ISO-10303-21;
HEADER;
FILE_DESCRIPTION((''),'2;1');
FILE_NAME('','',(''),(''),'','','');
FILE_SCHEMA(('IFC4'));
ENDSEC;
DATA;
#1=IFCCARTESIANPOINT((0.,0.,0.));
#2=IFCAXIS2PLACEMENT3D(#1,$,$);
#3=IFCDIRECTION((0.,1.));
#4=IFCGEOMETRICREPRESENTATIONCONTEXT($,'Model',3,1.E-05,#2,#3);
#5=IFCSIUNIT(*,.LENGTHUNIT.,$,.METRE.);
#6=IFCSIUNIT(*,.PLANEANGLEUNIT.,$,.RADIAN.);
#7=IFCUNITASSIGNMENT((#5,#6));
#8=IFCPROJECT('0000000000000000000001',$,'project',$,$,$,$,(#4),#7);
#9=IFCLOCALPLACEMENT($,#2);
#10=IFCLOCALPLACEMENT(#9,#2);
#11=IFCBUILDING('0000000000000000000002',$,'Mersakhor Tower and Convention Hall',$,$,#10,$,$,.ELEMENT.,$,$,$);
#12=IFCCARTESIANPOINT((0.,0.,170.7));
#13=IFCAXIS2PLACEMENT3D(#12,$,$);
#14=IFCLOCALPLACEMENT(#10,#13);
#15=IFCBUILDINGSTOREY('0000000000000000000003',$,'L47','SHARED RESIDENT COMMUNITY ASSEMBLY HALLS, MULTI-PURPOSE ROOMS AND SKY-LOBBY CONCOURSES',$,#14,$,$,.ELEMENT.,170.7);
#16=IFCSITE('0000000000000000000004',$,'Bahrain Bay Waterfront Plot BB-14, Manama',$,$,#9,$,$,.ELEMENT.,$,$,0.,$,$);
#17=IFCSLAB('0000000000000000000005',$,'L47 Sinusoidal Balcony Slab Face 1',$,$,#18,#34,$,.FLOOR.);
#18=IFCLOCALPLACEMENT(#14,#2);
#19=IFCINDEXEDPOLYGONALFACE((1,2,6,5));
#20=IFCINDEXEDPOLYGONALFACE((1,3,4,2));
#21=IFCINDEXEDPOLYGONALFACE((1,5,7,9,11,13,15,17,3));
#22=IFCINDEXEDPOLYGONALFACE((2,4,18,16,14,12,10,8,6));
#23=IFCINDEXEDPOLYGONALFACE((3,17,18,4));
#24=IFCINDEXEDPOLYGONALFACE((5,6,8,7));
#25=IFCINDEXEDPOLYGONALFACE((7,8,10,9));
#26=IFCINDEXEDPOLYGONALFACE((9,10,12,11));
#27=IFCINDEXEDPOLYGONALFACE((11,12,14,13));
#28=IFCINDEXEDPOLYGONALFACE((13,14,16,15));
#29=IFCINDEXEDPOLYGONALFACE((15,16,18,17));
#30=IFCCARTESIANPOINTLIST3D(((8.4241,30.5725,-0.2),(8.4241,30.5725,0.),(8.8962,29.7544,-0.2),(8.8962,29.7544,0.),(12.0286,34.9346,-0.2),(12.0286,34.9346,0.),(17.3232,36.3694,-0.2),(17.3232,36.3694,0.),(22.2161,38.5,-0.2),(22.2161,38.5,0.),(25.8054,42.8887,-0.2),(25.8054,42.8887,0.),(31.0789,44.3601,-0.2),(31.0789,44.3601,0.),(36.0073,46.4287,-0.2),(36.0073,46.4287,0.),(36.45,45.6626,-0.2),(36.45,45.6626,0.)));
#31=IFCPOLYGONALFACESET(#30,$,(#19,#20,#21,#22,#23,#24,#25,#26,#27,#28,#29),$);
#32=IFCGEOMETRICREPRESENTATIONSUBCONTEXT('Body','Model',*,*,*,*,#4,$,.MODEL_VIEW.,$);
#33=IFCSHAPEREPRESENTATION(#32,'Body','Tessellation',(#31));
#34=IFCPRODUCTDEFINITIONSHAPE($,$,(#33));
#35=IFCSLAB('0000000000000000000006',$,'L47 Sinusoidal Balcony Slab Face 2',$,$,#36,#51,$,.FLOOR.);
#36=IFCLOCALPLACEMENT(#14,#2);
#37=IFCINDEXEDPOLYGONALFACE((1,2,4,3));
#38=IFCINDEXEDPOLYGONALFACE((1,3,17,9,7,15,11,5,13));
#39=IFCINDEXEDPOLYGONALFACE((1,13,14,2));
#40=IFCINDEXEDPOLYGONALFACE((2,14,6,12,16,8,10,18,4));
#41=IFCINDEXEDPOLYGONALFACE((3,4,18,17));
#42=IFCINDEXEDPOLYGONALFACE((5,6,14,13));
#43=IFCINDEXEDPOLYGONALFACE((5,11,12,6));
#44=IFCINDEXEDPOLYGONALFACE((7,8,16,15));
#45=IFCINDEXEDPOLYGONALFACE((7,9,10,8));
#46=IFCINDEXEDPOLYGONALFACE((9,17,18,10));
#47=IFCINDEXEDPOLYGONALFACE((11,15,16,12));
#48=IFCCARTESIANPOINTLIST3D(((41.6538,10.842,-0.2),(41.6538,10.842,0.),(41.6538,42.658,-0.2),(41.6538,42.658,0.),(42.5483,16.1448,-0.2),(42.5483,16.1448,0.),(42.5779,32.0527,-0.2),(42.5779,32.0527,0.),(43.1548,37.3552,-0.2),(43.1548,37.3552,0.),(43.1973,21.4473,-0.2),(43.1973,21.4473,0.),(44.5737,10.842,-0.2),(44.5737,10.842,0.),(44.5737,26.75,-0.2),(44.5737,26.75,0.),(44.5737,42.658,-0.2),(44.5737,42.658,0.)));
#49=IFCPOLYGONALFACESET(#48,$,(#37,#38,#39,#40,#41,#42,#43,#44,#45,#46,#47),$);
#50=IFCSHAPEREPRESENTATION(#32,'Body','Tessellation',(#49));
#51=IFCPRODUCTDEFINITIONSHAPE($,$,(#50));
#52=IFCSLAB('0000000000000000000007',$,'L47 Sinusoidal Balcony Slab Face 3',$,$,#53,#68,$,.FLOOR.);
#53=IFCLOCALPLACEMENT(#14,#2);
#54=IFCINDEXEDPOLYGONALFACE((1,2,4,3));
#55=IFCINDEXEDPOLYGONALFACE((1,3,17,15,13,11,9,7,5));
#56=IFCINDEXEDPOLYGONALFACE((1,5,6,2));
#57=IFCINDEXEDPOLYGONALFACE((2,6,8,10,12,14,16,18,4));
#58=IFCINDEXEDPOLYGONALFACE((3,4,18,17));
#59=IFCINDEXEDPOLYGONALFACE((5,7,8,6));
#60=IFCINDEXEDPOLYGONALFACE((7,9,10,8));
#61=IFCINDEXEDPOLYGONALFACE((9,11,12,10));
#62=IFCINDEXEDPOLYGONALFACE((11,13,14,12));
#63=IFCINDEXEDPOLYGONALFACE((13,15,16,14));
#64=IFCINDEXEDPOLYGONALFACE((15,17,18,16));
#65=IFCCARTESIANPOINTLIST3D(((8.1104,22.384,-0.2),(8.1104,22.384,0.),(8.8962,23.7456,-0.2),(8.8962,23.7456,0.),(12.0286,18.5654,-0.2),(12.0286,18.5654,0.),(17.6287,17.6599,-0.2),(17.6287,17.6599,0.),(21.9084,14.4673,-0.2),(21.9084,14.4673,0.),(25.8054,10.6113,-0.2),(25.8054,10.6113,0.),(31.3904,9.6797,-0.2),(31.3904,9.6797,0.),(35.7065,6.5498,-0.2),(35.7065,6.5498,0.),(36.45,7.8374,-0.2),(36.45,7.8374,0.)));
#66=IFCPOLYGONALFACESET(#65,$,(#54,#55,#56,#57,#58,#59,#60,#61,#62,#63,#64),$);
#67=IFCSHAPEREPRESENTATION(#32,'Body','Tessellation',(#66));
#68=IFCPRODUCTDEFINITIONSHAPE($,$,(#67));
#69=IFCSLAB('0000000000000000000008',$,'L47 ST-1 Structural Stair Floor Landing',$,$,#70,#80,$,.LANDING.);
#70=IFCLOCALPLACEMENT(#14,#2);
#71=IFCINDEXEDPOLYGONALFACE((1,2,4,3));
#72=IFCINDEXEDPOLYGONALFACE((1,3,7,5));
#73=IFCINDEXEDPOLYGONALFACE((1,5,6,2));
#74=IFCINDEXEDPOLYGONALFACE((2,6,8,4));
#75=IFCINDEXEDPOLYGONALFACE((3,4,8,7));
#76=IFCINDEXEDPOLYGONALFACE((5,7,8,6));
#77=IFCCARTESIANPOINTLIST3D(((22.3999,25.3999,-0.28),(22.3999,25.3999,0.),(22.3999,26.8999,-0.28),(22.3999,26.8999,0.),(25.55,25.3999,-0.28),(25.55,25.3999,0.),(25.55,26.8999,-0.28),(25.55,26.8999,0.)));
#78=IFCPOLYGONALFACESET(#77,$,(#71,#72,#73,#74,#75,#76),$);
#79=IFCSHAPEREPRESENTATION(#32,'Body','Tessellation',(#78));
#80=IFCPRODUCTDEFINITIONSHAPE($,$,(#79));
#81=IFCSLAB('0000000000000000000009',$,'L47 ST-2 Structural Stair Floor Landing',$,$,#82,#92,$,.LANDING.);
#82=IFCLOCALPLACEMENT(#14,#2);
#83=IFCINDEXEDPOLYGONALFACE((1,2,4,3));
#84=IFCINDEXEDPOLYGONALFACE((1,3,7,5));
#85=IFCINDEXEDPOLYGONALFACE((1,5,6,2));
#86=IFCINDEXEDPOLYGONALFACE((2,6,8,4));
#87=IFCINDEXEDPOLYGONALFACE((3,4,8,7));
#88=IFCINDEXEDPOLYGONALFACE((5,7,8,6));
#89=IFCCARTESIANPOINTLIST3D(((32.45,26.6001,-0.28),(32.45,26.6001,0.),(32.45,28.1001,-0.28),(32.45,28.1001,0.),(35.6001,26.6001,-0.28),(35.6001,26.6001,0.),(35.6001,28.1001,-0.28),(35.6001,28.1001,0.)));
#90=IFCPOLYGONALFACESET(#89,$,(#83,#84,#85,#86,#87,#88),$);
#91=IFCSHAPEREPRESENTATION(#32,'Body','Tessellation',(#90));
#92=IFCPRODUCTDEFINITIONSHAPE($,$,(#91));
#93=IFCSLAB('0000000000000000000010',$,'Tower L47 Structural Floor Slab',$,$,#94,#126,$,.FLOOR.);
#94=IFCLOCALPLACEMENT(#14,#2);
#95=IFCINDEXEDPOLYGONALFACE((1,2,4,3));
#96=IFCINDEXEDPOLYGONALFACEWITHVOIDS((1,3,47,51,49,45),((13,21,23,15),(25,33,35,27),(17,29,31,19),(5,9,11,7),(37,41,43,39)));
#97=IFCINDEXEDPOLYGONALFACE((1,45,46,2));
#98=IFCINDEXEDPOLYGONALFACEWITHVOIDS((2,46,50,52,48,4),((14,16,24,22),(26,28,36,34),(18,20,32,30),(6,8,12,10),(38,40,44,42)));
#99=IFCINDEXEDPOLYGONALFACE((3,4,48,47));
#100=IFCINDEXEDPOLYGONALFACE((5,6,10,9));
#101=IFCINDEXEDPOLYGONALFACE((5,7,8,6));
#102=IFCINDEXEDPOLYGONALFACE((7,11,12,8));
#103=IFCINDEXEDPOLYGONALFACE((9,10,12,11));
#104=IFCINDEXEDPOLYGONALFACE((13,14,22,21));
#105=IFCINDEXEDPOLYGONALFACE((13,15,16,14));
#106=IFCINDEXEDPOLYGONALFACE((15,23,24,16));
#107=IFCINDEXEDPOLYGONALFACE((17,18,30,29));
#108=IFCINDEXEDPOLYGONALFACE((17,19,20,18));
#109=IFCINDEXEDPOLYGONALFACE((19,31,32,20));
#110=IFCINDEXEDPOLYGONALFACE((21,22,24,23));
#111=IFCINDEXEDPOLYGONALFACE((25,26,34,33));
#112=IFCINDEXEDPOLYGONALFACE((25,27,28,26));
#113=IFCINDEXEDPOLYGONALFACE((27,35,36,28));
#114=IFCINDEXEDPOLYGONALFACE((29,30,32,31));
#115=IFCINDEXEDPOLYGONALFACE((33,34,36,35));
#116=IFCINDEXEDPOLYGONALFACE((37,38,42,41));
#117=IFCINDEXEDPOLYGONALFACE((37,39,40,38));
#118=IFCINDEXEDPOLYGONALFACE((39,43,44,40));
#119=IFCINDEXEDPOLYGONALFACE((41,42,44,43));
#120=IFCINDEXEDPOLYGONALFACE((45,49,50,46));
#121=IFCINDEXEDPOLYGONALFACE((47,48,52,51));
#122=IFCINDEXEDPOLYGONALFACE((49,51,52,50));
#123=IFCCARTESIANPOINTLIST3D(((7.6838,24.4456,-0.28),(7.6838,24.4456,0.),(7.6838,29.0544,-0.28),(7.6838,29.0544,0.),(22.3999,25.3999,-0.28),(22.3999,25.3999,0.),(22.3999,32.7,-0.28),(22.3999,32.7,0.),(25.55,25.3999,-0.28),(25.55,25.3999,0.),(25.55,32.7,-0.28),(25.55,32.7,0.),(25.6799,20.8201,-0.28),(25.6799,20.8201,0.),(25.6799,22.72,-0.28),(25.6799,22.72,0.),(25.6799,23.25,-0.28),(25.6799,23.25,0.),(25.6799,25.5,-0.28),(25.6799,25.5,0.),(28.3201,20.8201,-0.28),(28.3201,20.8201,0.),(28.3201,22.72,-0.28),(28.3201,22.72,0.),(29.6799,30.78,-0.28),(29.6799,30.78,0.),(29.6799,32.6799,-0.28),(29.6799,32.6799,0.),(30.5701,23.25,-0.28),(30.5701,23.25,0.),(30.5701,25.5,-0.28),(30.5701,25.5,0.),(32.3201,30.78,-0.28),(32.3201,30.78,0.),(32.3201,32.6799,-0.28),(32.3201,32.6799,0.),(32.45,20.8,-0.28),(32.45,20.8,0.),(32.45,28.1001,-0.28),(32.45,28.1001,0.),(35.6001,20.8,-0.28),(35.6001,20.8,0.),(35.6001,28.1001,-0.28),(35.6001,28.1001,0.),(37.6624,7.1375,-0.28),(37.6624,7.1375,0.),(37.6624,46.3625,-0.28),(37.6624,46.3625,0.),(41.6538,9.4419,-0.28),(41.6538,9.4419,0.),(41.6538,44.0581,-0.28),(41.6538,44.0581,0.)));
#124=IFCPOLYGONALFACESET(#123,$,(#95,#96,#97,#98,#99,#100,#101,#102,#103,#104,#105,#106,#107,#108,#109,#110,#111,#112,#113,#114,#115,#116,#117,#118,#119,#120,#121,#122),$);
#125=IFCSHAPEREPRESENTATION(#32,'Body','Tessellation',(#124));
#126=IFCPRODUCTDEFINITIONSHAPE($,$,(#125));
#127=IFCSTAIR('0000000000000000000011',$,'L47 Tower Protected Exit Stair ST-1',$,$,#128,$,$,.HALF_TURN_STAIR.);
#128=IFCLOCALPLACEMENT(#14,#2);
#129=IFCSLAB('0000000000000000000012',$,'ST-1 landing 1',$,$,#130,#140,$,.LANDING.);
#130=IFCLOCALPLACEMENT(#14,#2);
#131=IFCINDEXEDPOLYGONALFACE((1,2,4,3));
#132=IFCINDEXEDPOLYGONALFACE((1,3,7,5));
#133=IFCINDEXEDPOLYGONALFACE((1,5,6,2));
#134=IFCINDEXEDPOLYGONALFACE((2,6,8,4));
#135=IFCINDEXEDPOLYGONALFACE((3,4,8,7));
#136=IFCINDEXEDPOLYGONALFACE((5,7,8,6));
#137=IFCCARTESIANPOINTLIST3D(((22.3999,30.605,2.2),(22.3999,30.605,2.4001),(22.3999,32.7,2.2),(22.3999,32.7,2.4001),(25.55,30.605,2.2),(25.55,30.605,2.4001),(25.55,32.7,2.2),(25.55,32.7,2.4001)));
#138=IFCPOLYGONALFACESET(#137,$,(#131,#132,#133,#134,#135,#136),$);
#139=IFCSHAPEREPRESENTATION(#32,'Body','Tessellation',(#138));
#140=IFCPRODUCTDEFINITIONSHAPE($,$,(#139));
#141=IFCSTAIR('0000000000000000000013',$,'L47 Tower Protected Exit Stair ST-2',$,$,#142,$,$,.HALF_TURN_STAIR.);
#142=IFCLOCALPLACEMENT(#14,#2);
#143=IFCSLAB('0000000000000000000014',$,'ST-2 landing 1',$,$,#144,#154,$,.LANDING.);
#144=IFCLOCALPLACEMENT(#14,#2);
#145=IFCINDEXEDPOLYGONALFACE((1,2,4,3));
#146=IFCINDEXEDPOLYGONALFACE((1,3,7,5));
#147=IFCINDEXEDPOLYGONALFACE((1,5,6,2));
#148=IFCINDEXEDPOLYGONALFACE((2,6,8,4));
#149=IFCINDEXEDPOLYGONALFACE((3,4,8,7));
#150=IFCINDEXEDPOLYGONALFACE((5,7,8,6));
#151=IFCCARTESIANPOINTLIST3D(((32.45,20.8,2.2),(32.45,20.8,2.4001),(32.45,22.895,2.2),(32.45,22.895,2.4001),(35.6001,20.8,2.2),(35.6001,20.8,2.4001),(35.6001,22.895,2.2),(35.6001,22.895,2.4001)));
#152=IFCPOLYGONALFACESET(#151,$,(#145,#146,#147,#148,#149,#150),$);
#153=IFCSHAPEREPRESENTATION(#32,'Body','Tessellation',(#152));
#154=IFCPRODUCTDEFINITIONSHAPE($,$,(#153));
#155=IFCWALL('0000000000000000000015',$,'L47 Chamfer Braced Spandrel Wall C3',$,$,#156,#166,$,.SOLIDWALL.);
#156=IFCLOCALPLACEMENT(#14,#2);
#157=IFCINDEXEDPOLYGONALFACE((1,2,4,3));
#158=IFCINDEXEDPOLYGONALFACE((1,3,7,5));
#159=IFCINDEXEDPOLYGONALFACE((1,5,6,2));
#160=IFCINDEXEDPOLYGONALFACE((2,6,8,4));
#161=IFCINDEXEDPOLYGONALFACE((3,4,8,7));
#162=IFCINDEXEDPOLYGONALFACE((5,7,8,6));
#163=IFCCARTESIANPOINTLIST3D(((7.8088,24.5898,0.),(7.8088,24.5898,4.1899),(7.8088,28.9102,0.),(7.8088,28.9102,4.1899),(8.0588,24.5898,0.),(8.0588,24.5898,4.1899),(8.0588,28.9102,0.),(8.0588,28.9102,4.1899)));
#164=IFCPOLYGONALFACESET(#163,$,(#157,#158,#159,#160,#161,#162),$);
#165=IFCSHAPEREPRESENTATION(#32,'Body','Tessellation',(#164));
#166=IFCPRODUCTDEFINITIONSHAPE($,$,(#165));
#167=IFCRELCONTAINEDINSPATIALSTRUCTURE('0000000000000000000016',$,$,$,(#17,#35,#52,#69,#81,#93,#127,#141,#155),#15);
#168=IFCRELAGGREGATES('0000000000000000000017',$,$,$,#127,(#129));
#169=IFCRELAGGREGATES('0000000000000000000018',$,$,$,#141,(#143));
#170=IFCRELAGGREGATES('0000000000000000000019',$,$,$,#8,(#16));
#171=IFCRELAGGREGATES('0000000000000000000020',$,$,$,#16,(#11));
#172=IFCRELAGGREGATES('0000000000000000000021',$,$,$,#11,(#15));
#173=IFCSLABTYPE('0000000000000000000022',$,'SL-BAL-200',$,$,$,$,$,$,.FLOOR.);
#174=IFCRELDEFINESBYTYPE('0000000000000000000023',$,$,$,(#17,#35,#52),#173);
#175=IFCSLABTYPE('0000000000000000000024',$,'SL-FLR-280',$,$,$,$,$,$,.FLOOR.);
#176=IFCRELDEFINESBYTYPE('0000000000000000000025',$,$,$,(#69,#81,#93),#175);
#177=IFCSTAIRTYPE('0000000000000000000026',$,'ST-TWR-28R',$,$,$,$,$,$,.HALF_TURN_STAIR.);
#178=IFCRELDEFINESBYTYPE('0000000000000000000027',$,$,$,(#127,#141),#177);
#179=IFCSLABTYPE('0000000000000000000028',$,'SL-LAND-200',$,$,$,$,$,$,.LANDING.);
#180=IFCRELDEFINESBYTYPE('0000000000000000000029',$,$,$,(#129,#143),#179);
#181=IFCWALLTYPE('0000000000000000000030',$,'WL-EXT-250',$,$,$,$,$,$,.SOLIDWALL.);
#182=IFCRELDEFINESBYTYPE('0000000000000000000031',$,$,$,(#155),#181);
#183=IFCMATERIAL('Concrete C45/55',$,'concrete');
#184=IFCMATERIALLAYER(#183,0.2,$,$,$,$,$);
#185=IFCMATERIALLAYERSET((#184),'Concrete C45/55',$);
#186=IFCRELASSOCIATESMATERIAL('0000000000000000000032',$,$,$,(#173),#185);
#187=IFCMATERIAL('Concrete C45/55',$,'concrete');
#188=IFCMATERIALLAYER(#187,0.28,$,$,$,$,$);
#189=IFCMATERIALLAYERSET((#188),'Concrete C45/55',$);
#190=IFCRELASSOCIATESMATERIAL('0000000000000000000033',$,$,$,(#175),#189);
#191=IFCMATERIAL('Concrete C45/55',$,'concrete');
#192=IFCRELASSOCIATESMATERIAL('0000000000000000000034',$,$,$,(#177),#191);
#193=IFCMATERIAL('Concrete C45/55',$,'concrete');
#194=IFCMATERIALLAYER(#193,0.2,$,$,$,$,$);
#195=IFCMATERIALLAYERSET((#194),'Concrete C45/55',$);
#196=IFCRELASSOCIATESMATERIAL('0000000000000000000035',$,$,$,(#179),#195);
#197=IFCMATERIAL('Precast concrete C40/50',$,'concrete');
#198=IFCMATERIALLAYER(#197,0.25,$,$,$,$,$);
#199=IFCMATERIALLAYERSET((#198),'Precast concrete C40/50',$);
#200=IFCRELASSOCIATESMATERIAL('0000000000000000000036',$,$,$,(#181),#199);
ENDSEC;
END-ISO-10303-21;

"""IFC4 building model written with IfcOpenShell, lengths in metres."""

from ifc_helpers import new_model, si_unit, direction, frame, frame_2d, origin, place, context, subcontext, project, spatial, polyline, rectangle, outline, extrude, material, layer, layer_set, type_object, element, aggregate, save


model = new_model("IFC4")

# Units and contexts
model_context = context("Model", 3, precision=1e-05, world=origin(), true_north=direction((0.0, 1.0)))
body_context = subcontext(model_context, "Body", "Model", "MODEL_VIEW")
ifc_project = project(units=[si_unit("LENGTHUNIT", "METRE"), si_unit("PLANEANGLEUNIT", "RADIAN")], contexts=[model_context])

# Site, building, storey
site_placement = place(None, origin())
site = spatial("IfcSite", under=ifc_project, at=site_placement, Name="Bahrain Bay Waterfront Plot BB-14, Manama", CompositionType="ELEMENT", RefElevation=0.0)
building_placement = place(site_placement, origin())
building = spatial("IfcBuilding", under=site, at=building_placement, Name="Mersakhor Tower and Convention Hall", CompositionType="ELEMENT")
storey_placement = place(building_placement, frame((0.0, 0.0, 170.7)))
storey = spatial("IfcBuildingStorey", under=building, at=storey_placement, Name="L47", Description="SHARED RESIDENT COMMUNITY ASSEMBLY HALLS, MULTI-PURPOSE ROOMS AND SKY-LOBBY CONCOURSES", CompositionType="ELEMENT", Elevation=170.7)

# Slabs
ifc_material_1 = material(Name="Concrete C45/55", Category="concrete")
ifc_layer_1 = layer(ifc_material_1, 0.2)
ifc_layer_set_1 = layer_set([ifc_layer_1], Name="Concrete C45/55")
slab_type_1 = type_object("IfcSlabType", Name="SL-BAL-200", PredefinedType="FLOOR", material=ifc_layer_set_1)
slab_1_placement = place(storey_placement, frame((0.0, 0.0, -0.2)))
element("IfcSlab", 1, at=slab_1_placement, inside=storey, type_object=slab_type_1, Name="L47 Sinusoidal Balcony Slab Face 1", PredefinedType="FLOOR", context=body_context, shape_type="SweptSolid", body=[
    extrude(outline(polyline([(8.8962, 29.7544), (36.45, 45.6626), (36.0073, 46.4287), (31.0789, 44.3601), (25.8054, 42.8887), (22.2161, 38.5), (17.3232, 36.3694), (12.0286, 34.9346), (8.4241, 30.5725), (8.8962, 29.7544)])), origin(), (0.0, 0.0, 1.0), 0.2),
])
slab_2_placement = place(storey_placement, frame((0.0, 0.0, -0.2)))
element("IfcSlab", 2, at=slab_2_placement, inside=storey, type_object=slab_type_1, Name="L47 Sinusoidal Balcony Slab Face 2", PredefinedType="FLOOR", context=body_context, shape_type="SweptSolid", body=[
    extrude(outline(polyline([(41.6538, 42.658), (41.6538, 10.842), (44.5737, 10.842), (42.5483, 16.1448), (43.1973, 21.4473), (44.5737, 26.75), (42.5779, 32.0527), (43.1548, 37.3552), (44.5737, 42.658), (41.6538, 42.658)])), origin(), (0.0, 0.0, 1.0), 0.2),
])
slab_3_placement = place(storey_placement, frame((0.0, 0.0, -0.2)))
element("IfcSlab", 3, at=slab_3_placement, inside=storey, type_object=slab_type_1, Name="L47 Sinusoidal Balcony Slab Face 3", PredefinedType="FLOOR", context=body_context, shape_type="SweptSolid", body=[
    extrude(outline(polyline([(36.45, 7.8374), (8.8962, 23.7456), (8.1104, 22.384), (12.0286, 18.5654), (17.6287, 17.6599), (21.9084, 14.4673), (25.8054, 10.6113), (31.3904, 9.6797), (35.7065, 6.5498), (36.45, 7.8374)])), origin(), (0.0, 0.0, 1.0), 0.2),
])
ifc_material_2 = material(Name="Concrete C45/55", Category="concrete")
ifc_layer_2 = layer(ifc_material_2, 0.28)
ifc_layer_set_2 = layer_set([ifc_layer_2], Name="Concrete C45/55")
slab_type_2 = type_object("IfcSlabType", Name="SL-FLR-280", PredefinedType="FLOOR", material=ifc_layer_set_2)
slab_4_placement = place(storey_placement, frame((0.0, 0.0, -0.28)))
element("IfcSlab", 4, at=slab_4_placement, inside=storey, type_object=slab_type_2, Name="L47 ST-1 Structural Stair Floor Landing", PredefinedType="LANDING", context=body_context, shape_type="SweptSolid", body=[
    extrude(outline(polyline([(25.55, 25.3999), (25.55, 26.8999), (22.3999, 26.8999), (22.3999, 25.3999), (25.55, 25.3999)])), origin(), (0.0, 0.0, 1.0), 0.28),
])
slab_5_placement = place(storey_placement, frame((0.0, 0.0, -0.28)))
element("IfcSlab", 5, at=slab_5_placement, inside=storey, type_object=slab_type_2, Name="L47 ST-2 Structural Stair Floor Landing", PredefinedType="LANDING", context=body_context, shape_type="SweptSolid", body=[
    extrude(outline(polyline([(32.45, 28.1001), (32.45, 26.6001), (35.6001, 26.6001), (35.6001, 28.1001), (32.45, 28.1001)])), origin(), (0.0, 0.0, 1.0), 0.28),
])
slab_6_placement = place(storey_placement, frame((0.0, 0.0, -0.28)))
element("IfcSlab", 6, at=slab_6_placement, inside=storey, type_object=slab_type_2, Name="Tower L47 Structural Floor Slab", PredefinedType="FLOOR", context=body_context, shape_type="SweptSolid", body=[
    extrude(outline(polyline([(7.6838, 29.0544), (37.6624, 46.3625), (41.6538, 44.0581), (41.6538, 9.4419), (37.6624, 7.1375), (7.6838, 24.4456), (7.6838, 29.0544)]), holes=[polyline([(25.55, 25.3999), (25.55, 32.7), (22.3999, 32.7), (22.3999, 25.3999), (25.55, 25.3999)]), polyline([(32.45, 28.1001), (32.45, 20.8), (35.6001, 20.8), (35.6001, 28.1001), (32.45, 28.1001)]), polyline([(25.6799, 20.8201), (25.6799, 22.72), (28.3201, 22.72), (28.3201, 20.8201), (25.6799, 20.8201)]), polyline([(29.6799, 30.78), (29.6799, 32.6799), (32.3201, 32.6799), (32.3201, 30.78), (29.6799, 30.78)]), polyline([(25.6799, 23.25), (25.6799, 25.5), (30.5701, 25.5), (30.5701, 23.25), (25.6799, 23.25)])]), origin(), (0.0, 0.0, 1.0), 0.28),
])

# Stairs, slabs
ifc_material_3 = material(Name="Concrete C45/55", Category="concrete")
stair_type = type_object("IfcStairType", Name="ST-TWR-28R", PredefinedType="HALF_TURN_STAIR", material=ifc_material_3)
stair_1_placement = place(storey_placement, origin())
stair_1 = element("IfcStair", 7, at=stair_1_placement, inside=storey, type_object=stair_type, Name="L47 Tower Protected Exit Stair ST-1", PredefinedType="HALF_TURN_STAIR")
ifc_material_4 = material(Name="Concrete C45/55", Category="concrete")
ifc_layer_3 = layer(ifc_material_4, 0.2)
ifc_layer_set_3 = layer_set([ifc_layer_3], Name="Concrete C45/55")
slab_type_3 = type_object("IfcSlabType", Name="SL-LAND-200", PredefinedType="LANDING", material=ifc_layer_set_3)
slab_7_placement = place(storey_placement, frame((0.0, 0.0, 2.2)))
slab_7 = element("IfcSlab", 8, at=slab_7_placement, type_object=slab_type_3, Name="ST-1 landing 1", PredefinedType="LANDING", context=body_context, shape_type="SweptSolid", body=[
    extrude(outline(polyline([(25.55, 30.605), (25.55, 32.7), (22.3999, 32.7), (22.3999, 30.605), (25.55, 30.605)])), origin(), (0.0, 0.0, 1.0), 0.2002),
])
aggregate(stair_1, [slab_7])
stair_2_placement = place(storey_placement, origin())
stair_2 = element("IfcStair", 9, at=stair_2_placement, inside=storey, type_object=stair_type, Name="L47 Tower Protected Exit Stair ST-2", PredefinedType="HALF_TURN_STAIR")
slab_8_placement = place(storey_placement, frame((0.0, 0.0, 2.2)))
slab_8 = element("IfcSlab", 10, at=slab_8_placement, type_object=slab_type_3, Name="ST-2 landing 1", PredefinedType="LANDING", context=body_context, shape_type="SweptSolid", body=[
    extrude(outline(polyline([(32.45, 22.895), (32.45, 20.8), (35.6001, 20.8), (35.6001, 22.895), (32.45, 22.895)])), origin(), (0.0, 0.0, 1.0), 0.2002),
])
aggregate(stair_2, [slab_8])

# Wall
ifc_material_5 = material(Name="Precast concrete C40/50", Category="concrete")
ifc_layer_4 = layer(ifc_material_5, 0.25)
ifc_layer_set_4 = layer_set([ifc_layer_4], Name="Precast concrete C40/50")
wall_type_1 = type_object("IfcWallType", Name="WL-EXT-250", PredefinedType="SOLIDWALL", material=ifc_layer_set_4)
wall_1_placement = place(storey_placement, frame((7.9338, 24.5898, 0.0), z_axis=(0.0, 0.0, 1.0), x_axis=(0.0, 1.0, 0.0)))
element("IfcWall", 11, at=wall_1_placement, inside=storey, type_object=wall_type_1, Name="L47 Chamfer Braced Spandrel Wall C3", PredefinedType="SOLIDWALL", context=body_context, shape_type="SweptSolid", body=[
    extrude(rectangle(XDim=4.3203, YDim=0.25, at=frame_2d((2.1602, 0.0))), origin(), (0.0, 0.0, 1.0), 4.1899),
])

save(model, "model.ifc")
